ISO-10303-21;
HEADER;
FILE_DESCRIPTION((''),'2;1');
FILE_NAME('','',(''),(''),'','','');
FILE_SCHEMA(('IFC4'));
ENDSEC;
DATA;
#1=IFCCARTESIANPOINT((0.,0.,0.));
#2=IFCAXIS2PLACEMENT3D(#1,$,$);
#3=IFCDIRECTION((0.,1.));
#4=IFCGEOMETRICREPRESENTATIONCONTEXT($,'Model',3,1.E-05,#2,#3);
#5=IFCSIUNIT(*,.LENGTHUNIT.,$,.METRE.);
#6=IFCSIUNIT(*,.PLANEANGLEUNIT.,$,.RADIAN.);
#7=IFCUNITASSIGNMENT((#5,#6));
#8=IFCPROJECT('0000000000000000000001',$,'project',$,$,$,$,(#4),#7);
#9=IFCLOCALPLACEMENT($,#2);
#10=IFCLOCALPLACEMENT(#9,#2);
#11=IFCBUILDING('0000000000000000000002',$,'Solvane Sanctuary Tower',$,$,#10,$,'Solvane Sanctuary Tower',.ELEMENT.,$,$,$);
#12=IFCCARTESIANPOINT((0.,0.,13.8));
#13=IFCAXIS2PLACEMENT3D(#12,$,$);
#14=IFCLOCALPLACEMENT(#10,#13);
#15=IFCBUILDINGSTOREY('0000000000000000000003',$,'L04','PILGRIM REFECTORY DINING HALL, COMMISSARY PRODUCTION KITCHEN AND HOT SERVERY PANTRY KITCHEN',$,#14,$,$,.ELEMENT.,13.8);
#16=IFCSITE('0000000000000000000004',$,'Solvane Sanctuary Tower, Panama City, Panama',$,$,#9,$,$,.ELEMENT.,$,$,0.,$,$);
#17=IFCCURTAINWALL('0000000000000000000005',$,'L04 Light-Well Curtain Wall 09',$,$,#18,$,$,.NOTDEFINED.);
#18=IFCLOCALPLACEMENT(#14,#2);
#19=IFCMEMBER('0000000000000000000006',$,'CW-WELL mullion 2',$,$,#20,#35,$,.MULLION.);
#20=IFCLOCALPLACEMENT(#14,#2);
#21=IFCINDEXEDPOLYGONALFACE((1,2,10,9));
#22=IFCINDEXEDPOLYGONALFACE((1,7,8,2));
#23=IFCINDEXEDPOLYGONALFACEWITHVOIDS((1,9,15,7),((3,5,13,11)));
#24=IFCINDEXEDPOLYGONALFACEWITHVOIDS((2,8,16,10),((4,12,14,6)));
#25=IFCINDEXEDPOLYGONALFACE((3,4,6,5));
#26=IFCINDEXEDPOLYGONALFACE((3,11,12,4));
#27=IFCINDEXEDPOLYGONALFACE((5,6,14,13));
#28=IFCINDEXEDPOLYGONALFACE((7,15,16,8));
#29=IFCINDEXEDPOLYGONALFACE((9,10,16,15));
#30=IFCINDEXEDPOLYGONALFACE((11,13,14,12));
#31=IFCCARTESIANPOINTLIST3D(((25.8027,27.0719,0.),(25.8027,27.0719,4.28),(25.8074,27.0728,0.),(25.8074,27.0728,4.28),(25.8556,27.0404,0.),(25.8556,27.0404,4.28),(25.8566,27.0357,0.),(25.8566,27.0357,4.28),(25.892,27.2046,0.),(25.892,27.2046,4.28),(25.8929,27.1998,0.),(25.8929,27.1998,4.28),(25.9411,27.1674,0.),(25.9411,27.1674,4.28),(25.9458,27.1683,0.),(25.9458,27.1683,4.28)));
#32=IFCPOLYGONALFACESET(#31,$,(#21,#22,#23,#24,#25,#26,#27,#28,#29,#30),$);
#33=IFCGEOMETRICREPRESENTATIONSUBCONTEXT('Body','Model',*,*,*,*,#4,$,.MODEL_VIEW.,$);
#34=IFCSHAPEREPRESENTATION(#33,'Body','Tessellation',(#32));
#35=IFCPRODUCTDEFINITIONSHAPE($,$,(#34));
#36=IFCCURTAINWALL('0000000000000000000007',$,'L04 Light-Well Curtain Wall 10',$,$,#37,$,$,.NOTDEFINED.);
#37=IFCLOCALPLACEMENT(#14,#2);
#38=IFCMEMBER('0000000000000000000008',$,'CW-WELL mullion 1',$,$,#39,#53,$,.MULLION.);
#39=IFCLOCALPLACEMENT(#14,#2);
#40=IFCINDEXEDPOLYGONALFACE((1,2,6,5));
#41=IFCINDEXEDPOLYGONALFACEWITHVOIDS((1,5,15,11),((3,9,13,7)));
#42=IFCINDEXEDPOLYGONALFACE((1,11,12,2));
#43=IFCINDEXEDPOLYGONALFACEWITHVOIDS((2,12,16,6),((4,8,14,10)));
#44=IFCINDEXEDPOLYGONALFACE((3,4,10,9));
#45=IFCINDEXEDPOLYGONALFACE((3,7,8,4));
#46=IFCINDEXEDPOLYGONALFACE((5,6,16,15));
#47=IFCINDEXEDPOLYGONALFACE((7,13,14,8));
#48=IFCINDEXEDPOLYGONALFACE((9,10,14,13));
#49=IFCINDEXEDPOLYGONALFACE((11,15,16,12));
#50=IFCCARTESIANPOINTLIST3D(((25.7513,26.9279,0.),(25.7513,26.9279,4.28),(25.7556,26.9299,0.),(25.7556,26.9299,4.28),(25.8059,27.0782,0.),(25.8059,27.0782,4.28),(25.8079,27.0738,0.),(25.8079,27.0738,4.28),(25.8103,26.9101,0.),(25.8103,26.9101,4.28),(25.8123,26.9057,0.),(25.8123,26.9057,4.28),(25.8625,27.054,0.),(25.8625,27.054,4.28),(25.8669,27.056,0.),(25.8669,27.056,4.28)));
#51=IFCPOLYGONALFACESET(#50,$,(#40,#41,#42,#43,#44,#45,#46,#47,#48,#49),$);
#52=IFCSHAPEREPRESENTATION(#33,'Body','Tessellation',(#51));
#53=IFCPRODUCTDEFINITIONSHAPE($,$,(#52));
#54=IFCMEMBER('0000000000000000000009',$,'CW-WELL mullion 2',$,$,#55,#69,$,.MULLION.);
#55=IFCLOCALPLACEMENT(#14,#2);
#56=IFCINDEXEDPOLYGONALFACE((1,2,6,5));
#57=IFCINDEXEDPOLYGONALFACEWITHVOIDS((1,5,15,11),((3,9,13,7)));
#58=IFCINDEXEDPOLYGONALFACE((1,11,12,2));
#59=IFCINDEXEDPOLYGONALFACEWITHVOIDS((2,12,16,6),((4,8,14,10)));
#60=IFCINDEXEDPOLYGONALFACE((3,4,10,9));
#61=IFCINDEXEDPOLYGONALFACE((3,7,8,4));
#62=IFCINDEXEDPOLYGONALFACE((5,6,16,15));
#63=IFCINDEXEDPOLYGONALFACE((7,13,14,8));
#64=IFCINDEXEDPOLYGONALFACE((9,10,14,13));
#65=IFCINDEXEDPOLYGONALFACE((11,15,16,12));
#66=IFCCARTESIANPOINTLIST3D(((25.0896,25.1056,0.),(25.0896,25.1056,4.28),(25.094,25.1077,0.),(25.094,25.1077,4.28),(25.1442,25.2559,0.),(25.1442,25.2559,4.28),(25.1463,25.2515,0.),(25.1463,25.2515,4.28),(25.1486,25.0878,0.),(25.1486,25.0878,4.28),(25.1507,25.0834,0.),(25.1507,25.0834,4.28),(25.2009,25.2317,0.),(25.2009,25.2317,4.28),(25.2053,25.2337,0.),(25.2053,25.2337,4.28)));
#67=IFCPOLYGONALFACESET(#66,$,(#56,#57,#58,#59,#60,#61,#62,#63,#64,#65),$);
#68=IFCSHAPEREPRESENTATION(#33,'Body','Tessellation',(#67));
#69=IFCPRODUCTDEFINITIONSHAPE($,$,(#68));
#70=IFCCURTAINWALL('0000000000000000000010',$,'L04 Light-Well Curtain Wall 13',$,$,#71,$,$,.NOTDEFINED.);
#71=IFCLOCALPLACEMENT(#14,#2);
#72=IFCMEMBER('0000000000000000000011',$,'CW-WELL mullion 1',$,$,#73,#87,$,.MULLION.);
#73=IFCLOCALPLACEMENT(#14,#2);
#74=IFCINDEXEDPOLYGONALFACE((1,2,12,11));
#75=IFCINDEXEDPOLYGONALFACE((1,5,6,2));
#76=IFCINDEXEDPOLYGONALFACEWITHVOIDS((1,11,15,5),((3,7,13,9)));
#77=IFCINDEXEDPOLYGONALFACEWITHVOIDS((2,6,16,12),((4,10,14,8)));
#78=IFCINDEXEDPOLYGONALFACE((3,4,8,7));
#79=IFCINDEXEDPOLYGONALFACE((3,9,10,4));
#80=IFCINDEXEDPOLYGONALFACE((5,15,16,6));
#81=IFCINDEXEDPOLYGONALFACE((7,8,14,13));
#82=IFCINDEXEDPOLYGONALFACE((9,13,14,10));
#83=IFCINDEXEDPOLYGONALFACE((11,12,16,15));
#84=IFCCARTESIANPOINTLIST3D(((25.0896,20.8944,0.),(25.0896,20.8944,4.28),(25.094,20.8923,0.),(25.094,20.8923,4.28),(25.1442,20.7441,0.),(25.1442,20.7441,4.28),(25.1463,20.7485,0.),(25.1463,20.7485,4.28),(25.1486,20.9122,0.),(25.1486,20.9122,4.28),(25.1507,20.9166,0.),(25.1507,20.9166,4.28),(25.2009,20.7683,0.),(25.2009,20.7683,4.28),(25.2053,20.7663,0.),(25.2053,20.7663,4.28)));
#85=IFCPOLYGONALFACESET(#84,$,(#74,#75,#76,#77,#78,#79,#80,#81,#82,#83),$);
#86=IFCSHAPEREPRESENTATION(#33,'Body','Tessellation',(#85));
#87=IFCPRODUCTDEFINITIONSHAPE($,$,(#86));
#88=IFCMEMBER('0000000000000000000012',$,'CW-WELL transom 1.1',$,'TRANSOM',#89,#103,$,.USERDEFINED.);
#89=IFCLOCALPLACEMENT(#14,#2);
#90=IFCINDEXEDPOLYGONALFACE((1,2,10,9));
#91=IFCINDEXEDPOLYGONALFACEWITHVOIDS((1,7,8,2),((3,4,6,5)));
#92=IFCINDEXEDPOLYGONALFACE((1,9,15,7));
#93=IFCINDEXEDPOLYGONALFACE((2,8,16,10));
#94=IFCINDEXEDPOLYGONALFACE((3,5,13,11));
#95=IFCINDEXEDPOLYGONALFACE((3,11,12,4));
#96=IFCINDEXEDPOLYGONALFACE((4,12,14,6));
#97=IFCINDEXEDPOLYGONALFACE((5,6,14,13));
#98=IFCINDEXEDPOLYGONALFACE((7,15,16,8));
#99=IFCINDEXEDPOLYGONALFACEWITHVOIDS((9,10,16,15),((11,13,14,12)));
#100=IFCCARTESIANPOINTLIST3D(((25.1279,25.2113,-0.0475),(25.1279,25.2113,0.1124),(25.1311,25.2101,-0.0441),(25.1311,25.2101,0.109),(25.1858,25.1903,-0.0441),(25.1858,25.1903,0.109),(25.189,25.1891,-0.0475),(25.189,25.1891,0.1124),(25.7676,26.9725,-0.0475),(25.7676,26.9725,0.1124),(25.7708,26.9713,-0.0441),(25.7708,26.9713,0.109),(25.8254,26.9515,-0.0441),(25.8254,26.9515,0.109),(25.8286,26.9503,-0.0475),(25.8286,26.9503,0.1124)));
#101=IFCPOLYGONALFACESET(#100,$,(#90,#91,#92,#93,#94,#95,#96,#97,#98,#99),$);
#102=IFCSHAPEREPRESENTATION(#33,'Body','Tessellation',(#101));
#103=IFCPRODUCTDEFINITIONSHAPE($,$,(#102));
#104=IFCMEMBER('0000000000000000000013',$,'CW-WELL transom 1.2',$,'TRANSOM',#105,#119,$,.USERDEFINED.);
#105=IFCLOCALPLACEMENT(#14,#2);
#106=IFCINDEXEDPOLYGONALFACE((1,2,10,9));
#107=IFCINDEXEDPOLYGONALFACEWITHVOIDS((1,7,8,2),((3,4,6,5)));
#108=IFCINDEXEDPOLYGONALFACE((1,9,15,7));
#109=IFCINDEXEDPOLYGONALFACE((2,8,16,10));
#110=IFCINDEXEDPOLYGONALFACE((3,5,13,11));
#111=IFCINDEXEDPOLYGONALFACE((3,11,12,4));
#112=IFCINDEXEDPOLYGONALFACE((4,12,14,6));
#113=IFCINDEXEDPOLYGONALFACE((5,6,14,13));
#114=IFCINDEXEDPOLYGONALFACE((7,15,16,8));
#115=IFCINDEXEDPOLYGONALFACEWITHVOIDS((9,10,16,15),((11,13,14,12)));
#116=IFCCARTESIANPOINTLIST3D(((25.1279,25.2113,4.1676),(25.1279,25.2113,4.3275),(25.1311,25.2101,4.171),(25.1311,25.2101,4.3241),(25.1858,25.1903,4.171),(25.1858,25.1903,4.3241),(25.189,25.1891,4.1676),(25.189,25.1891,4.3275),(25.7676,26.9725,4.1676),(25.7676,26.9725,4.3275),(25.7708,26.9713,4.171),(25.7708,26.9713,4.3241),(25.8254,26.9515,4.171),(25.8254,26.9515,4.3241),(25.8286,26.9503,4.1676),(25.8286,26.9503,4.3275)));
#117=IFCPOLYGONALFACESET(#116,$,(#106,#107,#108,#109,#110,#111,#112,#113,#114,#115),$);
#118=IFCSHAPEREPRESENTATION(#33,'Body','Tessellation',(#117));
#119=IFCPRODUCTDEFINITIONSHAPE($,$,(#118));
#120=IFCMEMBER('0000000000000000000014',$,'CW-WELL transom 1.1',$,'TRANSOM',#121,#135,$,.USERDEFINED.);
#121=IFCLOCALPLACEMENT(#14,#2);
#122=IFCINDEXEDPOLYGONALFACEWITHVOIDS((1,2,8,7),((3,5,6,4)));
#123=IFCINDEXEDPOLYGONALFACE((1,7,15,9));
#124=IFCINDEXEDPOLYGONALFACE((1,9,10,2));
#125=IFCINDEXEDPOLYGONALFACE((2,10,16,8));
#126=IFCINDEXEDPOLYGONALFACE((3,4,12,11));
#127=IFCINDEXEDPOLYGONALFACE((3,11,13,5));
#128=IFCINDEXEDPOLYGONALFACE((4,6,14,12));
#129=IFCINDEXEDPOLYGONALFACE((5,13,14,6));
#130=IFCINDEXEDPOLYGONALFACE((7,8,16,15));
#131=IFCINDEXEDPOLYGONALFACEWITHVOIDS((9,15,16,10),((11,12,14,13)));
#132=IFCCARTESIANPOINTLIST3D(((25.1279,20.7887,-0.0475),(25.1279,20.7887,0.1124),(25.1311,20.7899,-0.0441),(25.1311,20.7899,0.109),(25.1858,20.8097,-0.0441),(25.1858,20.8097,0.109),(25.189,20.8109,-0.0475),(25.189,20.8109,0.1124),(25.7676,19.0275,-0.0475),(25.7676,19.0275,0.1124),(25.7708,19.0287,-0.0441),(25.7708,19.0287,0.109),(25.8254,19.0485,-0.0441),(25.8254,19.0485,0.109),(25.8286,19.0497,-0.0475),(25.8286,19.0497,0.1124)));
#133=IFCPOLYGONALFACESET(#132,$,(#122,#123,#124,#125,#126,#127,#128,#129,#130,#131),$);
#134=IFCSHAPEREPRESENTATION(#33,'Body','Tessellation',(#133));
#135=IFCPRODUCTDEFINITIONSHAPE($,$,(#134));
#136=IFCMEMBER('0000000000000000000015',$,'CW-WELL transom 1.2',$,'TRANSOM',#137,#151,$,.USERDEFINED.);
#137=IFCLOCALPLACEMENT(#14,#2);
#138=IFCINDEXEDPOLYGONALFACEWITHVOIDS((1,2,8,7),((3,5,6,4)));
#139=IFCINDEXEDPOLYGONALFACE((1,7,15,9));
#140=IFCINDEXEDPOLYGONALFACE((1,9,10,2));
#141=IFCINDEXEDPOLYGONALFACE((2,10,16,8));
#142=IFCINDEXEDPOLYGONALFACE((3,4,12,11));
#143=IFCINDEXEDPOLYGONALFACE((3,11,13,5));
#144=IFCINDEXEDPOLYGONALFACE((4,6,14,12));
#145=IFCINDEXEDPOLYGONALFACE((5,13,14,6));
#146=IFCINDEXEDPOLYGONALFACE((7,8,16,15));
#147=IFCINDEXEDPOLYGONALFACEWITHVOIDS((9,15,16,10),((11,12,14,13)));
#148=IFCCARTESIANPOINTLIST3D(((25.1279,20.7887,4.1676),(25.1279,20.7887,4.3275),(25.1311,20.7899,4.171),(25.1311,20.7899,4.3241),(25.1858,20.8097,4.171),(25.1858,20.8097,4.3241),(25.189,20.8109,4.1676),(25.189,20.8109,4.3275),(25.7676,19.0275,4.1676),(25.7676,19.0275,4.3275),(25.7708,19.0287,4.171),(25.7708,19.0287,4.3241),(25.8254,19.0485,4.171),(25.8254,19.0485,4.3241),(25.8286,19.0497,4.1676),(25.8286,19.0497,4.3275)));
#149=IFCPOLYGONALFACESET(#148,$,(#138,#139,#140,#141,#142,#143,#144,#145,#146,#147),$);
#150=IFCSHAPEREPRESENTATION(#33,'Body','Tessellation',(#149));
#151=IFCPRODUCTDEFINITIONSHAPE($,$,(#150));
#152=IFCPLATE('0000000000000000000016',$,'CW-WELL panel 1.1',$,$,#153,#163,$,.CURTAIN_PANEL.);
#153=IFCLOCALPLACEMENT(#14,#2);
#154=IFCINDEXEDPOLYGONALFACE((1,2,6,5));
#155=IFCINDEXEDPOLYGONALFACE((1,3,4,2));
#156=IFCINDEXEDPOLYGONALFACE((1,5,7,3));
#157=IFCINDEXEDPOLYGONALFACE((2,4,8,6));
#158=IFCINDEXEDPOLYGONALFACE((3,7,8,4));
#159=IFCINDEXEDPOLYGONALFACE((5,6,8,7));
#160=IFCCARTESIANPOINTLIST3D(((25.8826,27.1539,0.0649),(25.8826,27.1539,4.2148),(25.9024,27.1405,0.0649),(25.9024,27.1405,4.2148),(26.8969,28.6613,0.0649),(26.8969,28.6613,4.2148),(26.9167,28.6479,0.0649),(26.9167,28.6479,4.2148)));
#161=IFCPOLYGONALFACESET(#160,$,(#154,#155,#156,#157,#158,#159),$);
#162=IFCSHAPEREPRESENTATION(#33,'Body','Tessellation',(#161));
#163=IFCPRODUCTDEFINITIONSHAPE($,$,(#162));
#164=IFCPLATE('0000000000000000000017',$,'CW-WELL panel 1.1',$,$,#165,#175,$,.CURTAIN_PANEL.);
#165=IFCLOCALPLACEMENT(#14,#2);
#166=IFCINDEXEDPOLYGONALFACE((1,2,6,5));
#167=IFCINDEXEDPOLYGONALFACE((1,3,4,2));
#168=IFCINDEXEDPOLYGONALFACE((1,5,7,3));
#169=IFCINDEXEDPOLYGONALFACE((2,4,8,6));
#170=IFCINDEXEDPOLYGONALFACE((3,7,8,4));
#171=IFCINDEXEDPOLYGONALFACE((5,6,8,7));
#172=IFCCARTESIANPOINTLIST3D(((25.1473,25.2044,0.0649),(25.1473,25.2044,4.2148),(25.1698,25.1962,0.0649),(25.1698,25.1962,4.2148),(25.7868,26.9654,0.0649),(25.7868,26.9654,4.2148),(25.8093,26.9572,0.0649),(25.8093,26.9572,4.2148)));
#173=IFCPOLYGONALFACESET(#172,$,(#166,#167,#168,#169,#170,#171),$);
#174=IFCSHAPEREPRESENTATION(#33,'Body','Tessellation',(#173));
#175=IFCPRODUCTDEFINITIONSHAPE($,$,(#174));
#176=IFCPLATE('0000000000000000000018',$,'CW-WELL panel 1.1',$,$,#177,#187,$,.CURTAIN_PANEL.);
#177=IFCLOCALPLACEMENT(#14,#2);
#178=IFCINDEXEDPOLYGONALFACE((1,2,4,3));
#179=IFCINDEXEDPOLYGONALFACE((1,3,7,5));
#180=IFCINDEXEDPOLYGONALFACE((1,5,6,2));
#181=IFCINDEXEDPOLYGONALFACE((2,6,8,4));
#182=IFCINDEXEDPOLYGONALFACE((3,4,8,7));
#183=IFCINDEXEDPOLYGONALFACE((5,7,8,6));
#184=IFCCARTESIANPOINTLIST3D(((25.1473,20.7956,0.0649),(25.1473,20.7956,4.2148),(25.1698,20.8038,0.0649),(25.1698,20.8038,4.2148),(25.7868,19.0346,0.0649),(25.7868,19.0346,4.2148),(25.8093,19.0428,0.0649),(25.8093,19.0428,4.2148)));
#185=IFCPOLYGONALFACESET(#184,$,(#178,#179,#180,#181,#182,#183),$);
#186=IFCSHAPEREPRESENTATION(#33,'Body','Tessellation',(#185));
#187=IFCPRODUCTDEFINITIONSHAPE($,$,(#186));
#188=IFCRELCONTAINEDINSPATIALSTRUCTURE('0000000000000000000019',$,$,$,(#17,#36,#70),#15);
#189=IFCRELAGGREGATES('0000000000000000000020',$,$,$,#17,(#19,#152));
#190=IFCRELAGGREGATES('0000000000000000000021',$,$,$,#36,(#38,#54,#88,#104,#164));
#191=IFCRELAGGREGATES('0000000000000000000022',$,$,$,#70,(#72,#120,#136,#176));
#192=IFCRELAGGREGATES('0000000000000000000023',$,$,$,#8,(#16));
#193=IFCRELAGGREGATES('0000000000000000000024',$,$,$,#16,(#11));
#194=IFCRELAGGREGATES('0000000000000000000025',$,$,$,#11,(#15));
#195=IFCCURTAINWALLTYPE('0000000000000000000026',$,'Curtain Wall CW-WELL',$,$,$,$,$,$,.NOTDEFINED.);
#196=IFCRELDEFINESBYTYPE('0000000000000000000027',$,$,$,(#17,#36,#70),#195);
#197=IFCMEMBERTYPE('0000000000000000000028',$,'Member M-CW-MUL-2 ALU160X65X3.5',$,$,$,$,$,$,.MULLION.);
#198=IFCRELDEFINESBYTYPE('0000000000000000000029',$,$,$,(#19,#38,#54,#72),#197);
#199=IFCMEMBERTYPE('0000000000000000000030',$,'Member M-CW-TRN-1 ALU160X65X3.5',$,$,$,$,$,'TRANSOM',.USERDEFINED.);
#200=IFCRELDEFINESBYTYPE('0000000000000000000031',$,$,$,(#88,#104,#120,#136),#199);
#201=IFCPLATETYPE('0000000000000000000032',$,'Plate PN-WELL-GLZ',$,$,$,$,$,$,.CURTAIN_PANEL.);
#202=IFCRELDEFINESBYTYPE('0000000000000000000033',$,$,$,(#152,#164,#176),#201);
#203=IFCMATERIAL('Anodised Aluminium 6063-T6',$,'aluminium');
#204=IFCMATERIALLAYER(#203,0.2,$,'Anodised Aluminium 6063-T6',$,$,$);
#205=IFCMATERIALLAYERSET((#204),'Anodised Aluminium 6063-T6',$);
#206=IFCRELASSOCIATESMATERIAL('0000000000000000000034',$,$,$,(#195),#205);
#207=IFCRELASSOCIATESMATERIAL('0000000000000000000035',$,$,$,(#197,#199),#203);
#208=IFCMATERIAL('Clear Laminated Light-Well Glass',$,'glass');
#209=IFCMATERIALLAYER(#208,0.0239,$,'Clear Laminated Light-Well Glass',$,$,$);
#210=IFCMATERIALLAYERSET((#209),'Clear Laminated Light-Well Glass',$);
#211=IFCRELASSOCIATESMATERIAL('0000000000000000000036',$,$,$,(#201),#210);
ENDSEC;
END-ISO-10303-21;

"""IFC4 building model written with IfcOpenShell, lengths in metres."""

from ifc_helpers import new_model, si_unit, direction, frame, origin, origin_2d, place, context, subcontext, project, spatial, rectangle, hollow_rectangle, extrude, material, layer, layer_set, material_profile, profile_set, type_object, element, aggregate, save


model = new_model("IFC4")

# Units and contexts
model_context = context("Model", 3, precision=1e-05, world=origin(), true_north=direction((0.0, 1.0)))
body_context = subcontext(model_context, "Body", "Model", "MODEL_VIEW")
ifc_project = project(units=[si_unit("LENGTHUNIT", "METRE"), si_unit("PLANEANGLEUNIT", "RADIAN")], contexts=[model_context])

# Site, building, storey
site_placement = place(None, origin())
site = spatial("IfcSite", under=ifc_project, at=site_placement, Name="Solvane Sanctuary Tower, Panama City, Panama", CompositionType="ELEMENT", RefElevation=0.0)
building_placement = place(site_placement, origin())
building = spatial("IfcBuilding", under=site, at=building_placement, Name="Solvane Sanctuary Tower", LongName="Solvane Sanctuary Tower", CompositionType="ELEMENT")
storey_placement = place(building_placement, frame((0.0, 0.0, 13.8)))
storey = spatial("IfcBuildingStorey", under=building, at=storey_placement, Name="L04", Description="PILGRIM REFECTORY DINING HALL, COMMISSARY PRODUCTION KITCHEN AND HOT SERVERY PANTRY KITCHEN", CompositionType="ELEMENT", Elevation=13.8)

# Curtain wall, member
ifc_material_1 = material(Name="Anodised Aluminium 6063-T6", Category="aluminium")
ifc_layer_1 = layer(ifc_material_1, 0.2, Name="Anodised Aluminium 6063-T6")
ifc_layer_set_1 = layer_set([ifc_layer_1], Name="Anodised Aluminium 6063-T6")
curtain_wall_type = type_object("IfcCurtainWallType", Name="Curtain Wall CW-WELL", PredefinedType="NOTDEFINED", material=ifc_layer_set_1)
curtain_wall_1_placement = place(storey_placement, origin())
curtain_wall_1 = element("IfcCurtainWall", 1, at=curtain_wall_1_placement, inside=storey, type_object=curtain_wall_type, Name="L04 Light-Well Curtain Wall 09", PredefinedType="NOTDEFINED")
ifc_material_profile_1 = material_profile(ifc_material_1, hollow_rectangle(XDim=0.0649, YDim=0.1599, WallThickness=0.0034, at=origin_2d()), Name="ALU160X65X3.5")
ifc_profile_set_1 = profile_set([ifc_material_profile_1], Name="Anodised Aluminium 6063-T6")
member_type_1 = type_object("IfcMemberType", Name="Member M-CW-MUL-2 ALU160X65X3.5", PredefinedType="MULLION", material=ifc_profile_set_1)
member_1_placement = place(storey_placement, frame((25.8743, 27.1201, 0.0), z_axis=(0.0, 0.0, 1.0), x_axis=(0.829664, -0.558263, 0.0)))
member_1 = element("IfcMember", 2, at=member_1_placement, type_object=member_type_1, Name="CW-WELL mullion 2", PredefinedType="MULLION", context=body_context, shape_type="SweptSolid", body=[
    extrude(hollow_rectangle(XDim=0.0649, YDim=0.1599, WallThickness=0.0034, at=origin_2d()), origin(), (0.0, 0.0, 1.0), 4.28),
])

# Curtain wall, members
curtain_wall_2_placement = place(storey_placement, origin())
curtain_wall_2 = element("IfcCurtainWall", 3, at=curtain_wall_2_placement, inside=storey, type_object=curtain_wall_type, Name="L04 Light-Well Curtain Wall 10", PredefinedType="NOTDEFINED")
member_2_placement = place(storey_placement, frame((25.8091, 26.9919, 0.0), z_axis=(0.0, 0.0, 1.0), x_axis=(0.939938, -0.341346, 0.0)))
member_2 = element("IfcMember", 4, at=member_2_placement, type_object=member_type_1, Name="CW-WELL mullion 1", PredefinedType="MULLION", context=body_context, shape_type="SweptSolid", body=[
    extrude(hollow_rectangle(XDim=0.0649, YDim=0.1599, WallThickness=0.0034, at=origin_2d()), origin(), (0.0, 0.0, 1.0), 4.28),
])
member_3_placement = place(storey_placement, frame((25.1475, 25.1697, 0.0), z_axis=(0.0, 0.0, 1.0), x_axis=(0.939938, -0.341346, 0.0)))
member_3 = element("IfcMember", 5, at=member_3_placement, type_object=member_type_1, Name="CW-WELL mullion 2", PredefinedType="MULLION", context=body_context, shape_type="SweptSolid", body=[
    extrude(hollow_rectangle(XDim=0.0649, YDim=0.1599, WallThickness=0.0034, at=origin_2d()), origin(), (0.0, 0.0, 1.0), 4.28),
])

# Curtain wall, member
curtain_wall_3_placement = place(storey_placement, origin())
curtain_wall_3 = element("IfcCurtainWall", 6, at=curtain_wall_3_placement, inside=storey, type_object=curtain_wall_type, Name="L04 Light-Well Curtain Wall 13", PredefinedType="NOTDEFINED")
member_4_placement = place(storey_placement, frame((25.1475, 20.8303, 0.0), z_axis=(0.0, 0.0, 1.0), x_axis=(0.939938, 0.341346, 0.0)))
member_4 = element("IfcMember", 7, at=member_4_placement, type_object=member_type_1, Name="CW-WELL mullion 1", PredefinedType="MULLION", context=body_context, shape_type="SweptSolid", body=[
    extrude(hollow_rectangle(XDim=0.0649, YDim=0.1599, WallThickness=0.0034, at=origin_2d()), origin(), (0.0, 0.0, 1.0), 4.28),
])

# Members
ifc_material_profile_2 = material_profile(ifc_material_1, hollow_rectangle(XDim=0.0649, YDim=0.1599, WallThickness=0.0034, at=origin_2d()), Name="ALU160X65X3.5")
ifc_profile_set_2 = profile_set([ifc_material_profile_2], Name="Anodised Aluminium 6063-T6")
member_type_2 = type_object("IfcMemberType", Name="Member M-CW-TRN-1 ALU160X65X3.5", ElementType="TRANSOM", PredefinedType="USERDEFINED", material=ifc_profile_set_2)
member_5_placement = place(storey_placement, frame((25.7981, 26.9614, 0.0325), z_axis=(-0.341366, -0.93993, 0.0), x_axis=(0.93993, -0.341366, 0.0)))
member_5 = element("IfcMember", 8, at=member_5_placement, type_object=member_type_2, Name="CW-WELL transom 1.1", ObjectType="TRANSOM", PredefinedType="USERDEFINED", context=body_context, shape_type="SweptSolid", body=[
    extrude(hollow_rectangle(XDim=0.0649, YDim=0.1599, WallThickness=0.0034, at=origin_2d()), origin(), (0.0, 0.0, 1.0), 1.8738),
])
member_6_placement = place(storey_placement, frame((25.7981, 26.9614, 4.2476), z_axis=(-0.341366, -0.93993, 0.0), x_axis=(0.93993, -0.341366, 0.0)))
member_6 = element("IfcMember", 9, at=member_6_placement, type_object=member_type_2, Name="CW-WELL transom 1.2", ObjectType="TRANSOM", PredefinedType="USERDEFINED", context=body_context, shape_type="SweptSolid", body=[
    extrude(hollow_rectangle(XDim=0.0649, YDim=0.1599, WallThickness=0.0034, at=origin_2d()), origin(), (0.0, 0.0, 1.0), 1.8738),
])
member_7_placement = place(storey_placement, frame((25.1584, 20.7998, 0.0325), z_axis=(0.341366, -0.93993, 0.0), x_axis=(0.93993, 0.341366, 0.0)))
member_7 = element("IfcMember", 10, at=member_7_placement, type_object=member_type_2, Name="CW-WELL transom 1.1", ObjectType="TRANSOM", PredefinedType="USERDEFINED", context=body_context, shape_type="SweptSolid", body=[
    extrude(hollow_rectangle(XDim=0.0649, YDim=0.1599, WallThickness=0.0034, at=origin_2d()), origin(), (0.0, 0.0, 1.0), 1.8738),
])
member_8_placement = place(storey_placement, frame((25.1584, 20.7998, 4.2476), z_axis=(0.341366, -0.93993, 0.0), x_axis=(0.93993, 0.341366, 0.0)))
member_8 = element("IfcMember", 11, at=member_8_placement, type_object=member_type_2, Name="CW-WELL transom 1.2", ObjectType="TRANSOM", PredefinedType="USERDEFINED", context=body_context, shape_type="SweptSolid", body=[
    extrude(hollow_rectangle(XDim=0.0649, YDim=0.1599, WallThickness=0.0034, at=origin_2d()), origin(), (0.0, 0.0, 1.0), 1.8738),
])

# Plates
ifc_material_2 = material(Name="Clear Laminated Light-Well Glass", Category="glass")
ifc_layer_2 = layer(ifc_material_2, 0.0239, Name="Clear Laminated Light-Well Glass")
ifc_layer_set_2 = layer_set([ifc_layer_2], Name="Clear Laminated Light-Well Glass")
plate_type = type_object("IfcPlateType", Name="Plate PN-WELL-GLZ", PredefinedType="CURTAIN_PANEL", material=ifc_layer_set_2)
plate_1_placement = place(storey_placement, frame((26.3997, 27.9009, 0.0649), z_axis=(0.0, 0.0, 1.0), x_axis=(-0.558263, -0.829664, 0.0)))
plate_1 = element("IfcPlate", 12, at=plate_1_placement, type_object=plate_type, Name="CW-WELL panel 1.1", PredefinedType="CURTAIN_PANEL", context=body_context, shape_type="SweptSolid", body=[
    extrude(rectangle(XDim=1.8169, YDim=0.0239, at=origin_2d()), origin(), (0.0, 0.0, 1.0), 4.1499),
])
aggregate(curtain_wall_1, [member_1, plate_1])
plate_2_placement = place(storey_placement, frame((25.4783, 26.0808, 0.0649), z_axis=(0.0, 0.0, 1.0), x_axis=(-0.341346, -0.939938, 0.0)))
plate_2 = element("IfcPlate", 13, at=plate_2_placement, type_object=plate_type, Name="CW-WELL panel 1.1", PredefinedType="CURTAIN_PANEL", context=body_context, shape_type="SweptSolid", body=[
    extrude(rectangle(XDim=1.8735, YDim=0.0239, at=origin_2d()), origin(), (0.0, 0.0, 1.0), 4.1499),
])
aggregate(curtain_wall_2, [member_2, member_3, member_5, member_6, plate_2])
plate_3_placement = place(storey_placement, frame((25.4783, 19.9192, 0.0649), z_axis=(0.0, 0.0, 1.0), x_axis=(0.341346, -0.939938, 0.0)))
plate_3 = element("IfcPlate", 14, at=plate_3_placement, type_object=plate_type, Name="CW-WELL panel 1.1", PredefinedType="CURTAIN_PANEL", context=body_context, shape_type="SweptSolid", body=[
    extrude(rectangle(XDim=1.8735, YDim=0.0239, at=origin_2d()), origin(), (0.0, 0.0, 1.0), 4.1499),
])
aggregate(curtain_wall_3, [member_4, member_7, member_8, plate_3])

save(model, "model.ifc")
